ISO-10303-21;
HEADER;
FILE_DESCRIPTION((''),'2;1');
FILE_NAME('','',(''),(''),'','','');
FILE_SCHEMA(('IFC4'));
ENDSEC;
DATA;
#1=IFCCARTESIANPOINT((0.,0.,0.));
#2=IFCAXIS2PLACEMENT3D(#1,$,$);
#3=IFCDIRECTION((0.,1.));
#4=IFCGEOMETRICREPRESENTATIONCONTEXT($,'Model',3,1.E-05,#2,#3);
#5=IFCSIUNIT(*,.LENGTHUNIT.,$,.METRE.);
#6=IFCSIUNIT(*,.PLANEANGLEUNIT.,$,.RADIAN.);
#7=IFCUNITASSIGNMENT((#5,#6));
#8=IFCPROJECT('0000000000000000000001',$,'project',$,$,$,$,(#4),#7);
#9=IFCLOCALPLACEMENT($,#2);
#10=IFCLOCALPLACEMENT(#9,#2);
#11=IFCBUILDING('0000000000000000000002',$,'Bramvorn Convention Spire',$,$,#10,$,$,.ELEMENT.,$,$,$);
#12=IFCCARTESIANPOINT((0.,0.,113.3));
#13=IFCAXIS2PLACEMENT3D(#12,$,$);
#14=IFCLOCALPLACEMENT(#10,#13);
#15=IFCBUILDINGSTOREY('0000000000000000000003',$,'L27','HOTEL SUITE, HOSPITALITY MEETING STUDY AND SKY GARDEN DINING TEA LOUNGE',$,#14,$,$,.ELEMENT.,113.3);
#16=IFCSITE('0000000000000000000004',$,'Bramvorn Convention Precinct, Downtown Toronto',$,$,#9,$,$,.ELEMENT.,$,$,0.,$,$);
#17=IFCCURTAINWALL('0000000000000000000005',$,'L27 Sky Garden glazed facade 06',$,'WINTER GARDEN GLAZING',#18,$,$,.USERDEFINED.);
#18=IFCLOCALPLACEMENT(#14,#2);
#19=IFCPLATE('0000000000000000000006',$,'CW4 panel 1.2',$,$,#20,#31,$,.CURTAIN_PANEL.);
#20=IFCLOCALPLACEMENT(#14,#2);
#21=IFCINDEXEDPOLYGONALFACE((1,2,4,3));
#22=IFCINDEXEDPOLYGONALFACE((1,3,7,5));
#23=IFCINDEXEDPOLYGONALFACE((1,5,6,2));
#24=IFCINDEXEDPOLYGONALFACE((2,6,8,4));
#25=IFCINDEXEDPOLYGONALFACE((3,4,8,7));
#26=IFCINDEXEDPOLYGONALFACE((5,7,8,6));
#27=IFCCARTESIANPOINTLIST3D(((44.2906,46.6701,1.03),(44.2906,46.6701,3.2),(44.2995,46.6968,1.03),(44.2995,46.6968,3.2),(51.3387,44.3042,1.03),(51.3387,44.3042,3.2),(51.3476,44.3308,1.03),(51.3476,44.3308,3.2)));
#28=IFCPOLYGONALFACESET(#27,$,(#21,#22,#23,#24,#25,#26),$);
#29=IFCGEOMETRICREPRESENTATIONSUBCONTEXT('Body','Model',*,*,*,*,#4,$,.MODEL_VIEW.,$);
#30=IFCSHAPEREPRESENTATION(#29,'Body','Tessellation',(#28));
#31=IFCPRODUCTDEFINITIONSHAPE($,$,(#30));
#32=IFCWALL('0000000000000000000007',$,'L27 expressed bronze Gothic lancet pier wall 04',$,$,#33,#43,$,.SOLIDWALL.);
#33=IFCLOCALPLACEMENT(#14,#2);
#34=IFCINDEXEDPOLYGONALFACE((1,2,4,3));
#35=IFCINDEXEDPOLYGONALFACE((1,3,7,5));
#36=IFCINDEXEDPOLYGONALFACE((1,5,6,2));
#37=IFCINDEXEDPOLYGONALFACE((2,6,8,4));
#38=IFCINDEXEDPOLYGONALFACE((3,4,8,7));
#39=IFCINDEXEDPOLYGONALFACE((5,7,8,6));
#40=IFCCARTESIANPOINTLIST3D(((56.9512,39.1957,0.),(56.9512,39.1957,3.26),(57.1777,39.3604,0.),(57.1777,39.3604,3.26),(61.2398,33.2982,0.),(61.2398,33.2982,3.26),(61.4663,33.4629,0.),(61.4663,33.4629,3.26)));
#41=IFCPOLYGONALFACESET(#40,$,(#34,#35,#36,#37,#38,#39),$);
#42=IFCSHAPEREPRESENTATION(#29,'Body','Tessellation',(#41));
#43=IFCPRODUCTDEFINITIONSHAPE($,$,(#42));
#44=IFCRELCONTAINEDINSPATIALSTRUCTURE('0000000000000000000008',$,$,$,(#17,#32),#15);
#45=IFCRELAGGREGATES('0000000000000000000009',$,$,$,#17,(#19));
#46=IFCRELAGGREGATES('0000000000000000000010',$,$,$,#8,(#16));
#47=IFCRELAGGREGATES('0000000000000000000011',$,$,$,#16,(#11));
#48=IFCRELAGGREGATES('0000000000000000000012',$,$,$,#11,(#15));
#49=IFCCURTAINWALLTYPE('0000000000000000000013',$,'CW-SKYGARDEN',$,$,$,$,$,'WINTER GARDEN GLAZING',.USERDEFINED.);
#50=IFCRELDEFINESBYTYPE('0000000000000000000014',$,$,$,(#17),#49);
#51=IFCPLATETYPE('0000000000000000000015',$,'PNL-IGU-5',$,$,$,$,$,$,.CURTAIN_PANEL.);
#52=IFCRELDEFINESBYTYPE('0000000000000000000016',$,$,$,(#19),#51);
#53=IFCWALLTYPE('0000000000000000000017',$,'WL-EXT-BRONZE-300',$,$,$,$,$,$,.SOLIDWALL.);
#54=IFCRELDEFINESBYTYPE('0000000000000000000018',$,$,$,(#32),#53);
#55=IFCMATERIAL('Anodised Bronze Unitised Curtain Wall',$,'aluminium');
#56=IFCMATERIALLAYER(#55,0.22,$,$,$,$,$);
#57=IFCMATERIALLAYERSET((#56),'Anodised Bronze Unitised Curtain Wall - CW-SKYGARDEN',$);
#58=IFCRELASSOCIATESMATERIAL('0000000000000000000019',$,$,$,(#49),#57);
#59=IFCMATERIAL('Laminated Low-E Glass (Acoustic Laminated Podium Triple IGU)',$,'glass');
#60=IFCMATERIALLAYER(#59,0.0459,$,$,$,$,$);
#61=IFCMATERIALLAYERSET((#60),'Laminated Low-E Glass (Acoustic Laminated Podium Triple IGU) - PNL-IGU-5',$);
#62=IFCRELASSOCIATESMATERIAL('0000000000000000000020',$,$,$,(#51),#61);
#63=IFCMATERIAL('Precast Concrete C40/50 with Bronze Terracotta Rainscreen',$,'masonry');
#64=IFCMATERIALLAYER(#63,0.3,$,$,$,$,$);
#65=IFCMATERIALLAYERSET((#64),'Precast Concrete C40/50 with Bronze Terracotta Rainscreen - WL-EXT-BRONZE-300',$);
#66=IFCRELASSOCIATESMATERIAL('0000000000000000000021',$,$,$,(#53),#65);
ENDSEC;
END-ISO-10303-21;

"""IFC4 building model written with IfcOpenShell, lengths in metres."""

from ifc_helpers import new_model, si_unit, direction, frame, frame_2d, origin, origin_2d, place, context, subcontext, project, spatial, rectangle, extrude, material, layer, layer_set, type_object, element, aggregate, save


model = new_model("IFC4")

# Units and contexts
model_context = context("Model", 3, precision=1e-05, world=origin(), true_north=direction((0.0, 1.0)))
body_context = subcontext(model_context, "Body", "Model", "MODEL_VIEW")
ifc_project = project(units=[si_unit("LENGTHUNIT", "METRE"), si_unit("PLANEANGLEUNIT", "RADIAN")], contexts=[model_context])

# Site, building, storey
site_placement = place(None, origin())
site = spatial("IfcSite", under=ifc_project, at=site_placement, Name="Bramvorn Convention Precinct, Downtown Toronto", CompositionType="ELEMENT", RefElevation=0.0)
building_placement = place(site_placement, origin())
building = spatial("IfcBuilding", under=site, at=building_placement, Name="Bramvorn Convention Spire", CompositionType="ELEMENT")
storey_placement = place(building_placement, frame((0.0, 0.0, 113.3)))
storey = spatial("IfcBuildingStorey", under=building, at=storey_placement, Name="L27", Description="HOTEL SUITE, HOSPITALITY MEETING STUDY AND SKY GARDEN DINING TEA LOUNGE", CompositionType="ELEMENT", Elevation=113.3)

# Shared definitions
ifc_material_1 = material(Name="Anodised Bronze Unitised Curtain Wall", Category="aluminium")

# Curtain wall
ifc_layer_1 = layer(ifc_material_1, 0.22)
ifc_layer_set_1 = layer_set([ifc_layer_1], Name="Anodised Bronze Unitised Curtain Wall - CW-SKYGARDEN")
curtain_wall_type_1 = type_object("IfcCurtainWallType", Name="CW-SKYGARDEN", ElementType="WINTER GARDEN GLAZING", PredefinedType="USERDEFINED", material=ifc_layer_set_1)
curtain_wall_1_placement = place(storey_placement, origin())
curtain_wall_1 = element("IfcCurtainWall", 1, at=curtain_wall_1_placement, inside=storey, type_object=curtain_wall_type_1, Name="L27 Sky Garden glazed facade 06", ObjectType="WINTER GARDEN GLAZING", PredefinedType="USERDEFINED")

# Plate
ifc_material_2 = material(Name="Laminated Low-E Glass (Acoustic Laminated Podium Triple IGU)", Category="glass")
ifc_layer_2 = layer(ifc_material_2, 0.0459)
ifc_layer_set_2 = layer_set([ifc_layer_2], Name="Laminated Low-E Glass (Acoustic Laminated Podium Triple IGU) - PNL-IGU-5")
plate_type_1 = type_object("IfcPlateType", Name="PNL-IGU-5", PredefinedType="CURTAIN_PANEL", material=ifc_layer_set_2)
plate_1_placement = place(storey_placement, frame((47.8191, 45.5005, 1.03), z_axis=(0.0, 0.0, 1.0), x_axis=(0.948013, -0.318232, 0.0)))
plate_1 = element("IfcPlate", 2, at=plate_1_placement, type_object=plate_type_1, Name="CW4 panel 1.2", PredefinedType="CURTAIN_PANEL", context=body_context, shape_type="SweptSolid", body=[
    extrude(rectangle(XDim=7.4346, YDim=0.0281, at=origin_2d()), origin(), (0.0, 0.0, 1.0), 2.1699),
])
aggregate(curtain_wall_1, [plate_1])

# Wall
ifc_material_3 = material(Name="Precast Concrete C40/50 with Bronze Terracotta Rainscreen", Category="masonry")
ifc_layer_3 = layer(ifc_material_3, 0.3)
ifc_layer_set_3 = layer_set([ifc_layer_3], Name="Precast Concrete C40/50 with Bronze Terracotta Rainscreen - WL-EXT-BRONZE-300")
wall_type = type_object("IfcWallType", Name="WL-EXT-BRONZE-300", PredefinedType="SOLIDWALL", material=ifc_layer_set_3)
wall_placement = place(storey_placement, frame((57.0645, 39.2781, 0.0), z_axis=(0.0, 0.0, 1.0), x_axis=(0.588128, -0.808768, 0.0)))
element("IfcWall", 3, at=wall_placement, inside=storey, type_object=wall_type, Name="L27 expressed bronze Gothic lancet pier wall 04", PredefinedType="SOLIDWALL", context=body_context, shape_type="SweptSolid", body=[
    extrude(rectangle(XDim=7.292, YDim=0.28, at=frame_2d((3.646, 0.0))), origin(), (0.0, 0.0, 1.0), 3.26),
])

save(model, "model.ifc")
